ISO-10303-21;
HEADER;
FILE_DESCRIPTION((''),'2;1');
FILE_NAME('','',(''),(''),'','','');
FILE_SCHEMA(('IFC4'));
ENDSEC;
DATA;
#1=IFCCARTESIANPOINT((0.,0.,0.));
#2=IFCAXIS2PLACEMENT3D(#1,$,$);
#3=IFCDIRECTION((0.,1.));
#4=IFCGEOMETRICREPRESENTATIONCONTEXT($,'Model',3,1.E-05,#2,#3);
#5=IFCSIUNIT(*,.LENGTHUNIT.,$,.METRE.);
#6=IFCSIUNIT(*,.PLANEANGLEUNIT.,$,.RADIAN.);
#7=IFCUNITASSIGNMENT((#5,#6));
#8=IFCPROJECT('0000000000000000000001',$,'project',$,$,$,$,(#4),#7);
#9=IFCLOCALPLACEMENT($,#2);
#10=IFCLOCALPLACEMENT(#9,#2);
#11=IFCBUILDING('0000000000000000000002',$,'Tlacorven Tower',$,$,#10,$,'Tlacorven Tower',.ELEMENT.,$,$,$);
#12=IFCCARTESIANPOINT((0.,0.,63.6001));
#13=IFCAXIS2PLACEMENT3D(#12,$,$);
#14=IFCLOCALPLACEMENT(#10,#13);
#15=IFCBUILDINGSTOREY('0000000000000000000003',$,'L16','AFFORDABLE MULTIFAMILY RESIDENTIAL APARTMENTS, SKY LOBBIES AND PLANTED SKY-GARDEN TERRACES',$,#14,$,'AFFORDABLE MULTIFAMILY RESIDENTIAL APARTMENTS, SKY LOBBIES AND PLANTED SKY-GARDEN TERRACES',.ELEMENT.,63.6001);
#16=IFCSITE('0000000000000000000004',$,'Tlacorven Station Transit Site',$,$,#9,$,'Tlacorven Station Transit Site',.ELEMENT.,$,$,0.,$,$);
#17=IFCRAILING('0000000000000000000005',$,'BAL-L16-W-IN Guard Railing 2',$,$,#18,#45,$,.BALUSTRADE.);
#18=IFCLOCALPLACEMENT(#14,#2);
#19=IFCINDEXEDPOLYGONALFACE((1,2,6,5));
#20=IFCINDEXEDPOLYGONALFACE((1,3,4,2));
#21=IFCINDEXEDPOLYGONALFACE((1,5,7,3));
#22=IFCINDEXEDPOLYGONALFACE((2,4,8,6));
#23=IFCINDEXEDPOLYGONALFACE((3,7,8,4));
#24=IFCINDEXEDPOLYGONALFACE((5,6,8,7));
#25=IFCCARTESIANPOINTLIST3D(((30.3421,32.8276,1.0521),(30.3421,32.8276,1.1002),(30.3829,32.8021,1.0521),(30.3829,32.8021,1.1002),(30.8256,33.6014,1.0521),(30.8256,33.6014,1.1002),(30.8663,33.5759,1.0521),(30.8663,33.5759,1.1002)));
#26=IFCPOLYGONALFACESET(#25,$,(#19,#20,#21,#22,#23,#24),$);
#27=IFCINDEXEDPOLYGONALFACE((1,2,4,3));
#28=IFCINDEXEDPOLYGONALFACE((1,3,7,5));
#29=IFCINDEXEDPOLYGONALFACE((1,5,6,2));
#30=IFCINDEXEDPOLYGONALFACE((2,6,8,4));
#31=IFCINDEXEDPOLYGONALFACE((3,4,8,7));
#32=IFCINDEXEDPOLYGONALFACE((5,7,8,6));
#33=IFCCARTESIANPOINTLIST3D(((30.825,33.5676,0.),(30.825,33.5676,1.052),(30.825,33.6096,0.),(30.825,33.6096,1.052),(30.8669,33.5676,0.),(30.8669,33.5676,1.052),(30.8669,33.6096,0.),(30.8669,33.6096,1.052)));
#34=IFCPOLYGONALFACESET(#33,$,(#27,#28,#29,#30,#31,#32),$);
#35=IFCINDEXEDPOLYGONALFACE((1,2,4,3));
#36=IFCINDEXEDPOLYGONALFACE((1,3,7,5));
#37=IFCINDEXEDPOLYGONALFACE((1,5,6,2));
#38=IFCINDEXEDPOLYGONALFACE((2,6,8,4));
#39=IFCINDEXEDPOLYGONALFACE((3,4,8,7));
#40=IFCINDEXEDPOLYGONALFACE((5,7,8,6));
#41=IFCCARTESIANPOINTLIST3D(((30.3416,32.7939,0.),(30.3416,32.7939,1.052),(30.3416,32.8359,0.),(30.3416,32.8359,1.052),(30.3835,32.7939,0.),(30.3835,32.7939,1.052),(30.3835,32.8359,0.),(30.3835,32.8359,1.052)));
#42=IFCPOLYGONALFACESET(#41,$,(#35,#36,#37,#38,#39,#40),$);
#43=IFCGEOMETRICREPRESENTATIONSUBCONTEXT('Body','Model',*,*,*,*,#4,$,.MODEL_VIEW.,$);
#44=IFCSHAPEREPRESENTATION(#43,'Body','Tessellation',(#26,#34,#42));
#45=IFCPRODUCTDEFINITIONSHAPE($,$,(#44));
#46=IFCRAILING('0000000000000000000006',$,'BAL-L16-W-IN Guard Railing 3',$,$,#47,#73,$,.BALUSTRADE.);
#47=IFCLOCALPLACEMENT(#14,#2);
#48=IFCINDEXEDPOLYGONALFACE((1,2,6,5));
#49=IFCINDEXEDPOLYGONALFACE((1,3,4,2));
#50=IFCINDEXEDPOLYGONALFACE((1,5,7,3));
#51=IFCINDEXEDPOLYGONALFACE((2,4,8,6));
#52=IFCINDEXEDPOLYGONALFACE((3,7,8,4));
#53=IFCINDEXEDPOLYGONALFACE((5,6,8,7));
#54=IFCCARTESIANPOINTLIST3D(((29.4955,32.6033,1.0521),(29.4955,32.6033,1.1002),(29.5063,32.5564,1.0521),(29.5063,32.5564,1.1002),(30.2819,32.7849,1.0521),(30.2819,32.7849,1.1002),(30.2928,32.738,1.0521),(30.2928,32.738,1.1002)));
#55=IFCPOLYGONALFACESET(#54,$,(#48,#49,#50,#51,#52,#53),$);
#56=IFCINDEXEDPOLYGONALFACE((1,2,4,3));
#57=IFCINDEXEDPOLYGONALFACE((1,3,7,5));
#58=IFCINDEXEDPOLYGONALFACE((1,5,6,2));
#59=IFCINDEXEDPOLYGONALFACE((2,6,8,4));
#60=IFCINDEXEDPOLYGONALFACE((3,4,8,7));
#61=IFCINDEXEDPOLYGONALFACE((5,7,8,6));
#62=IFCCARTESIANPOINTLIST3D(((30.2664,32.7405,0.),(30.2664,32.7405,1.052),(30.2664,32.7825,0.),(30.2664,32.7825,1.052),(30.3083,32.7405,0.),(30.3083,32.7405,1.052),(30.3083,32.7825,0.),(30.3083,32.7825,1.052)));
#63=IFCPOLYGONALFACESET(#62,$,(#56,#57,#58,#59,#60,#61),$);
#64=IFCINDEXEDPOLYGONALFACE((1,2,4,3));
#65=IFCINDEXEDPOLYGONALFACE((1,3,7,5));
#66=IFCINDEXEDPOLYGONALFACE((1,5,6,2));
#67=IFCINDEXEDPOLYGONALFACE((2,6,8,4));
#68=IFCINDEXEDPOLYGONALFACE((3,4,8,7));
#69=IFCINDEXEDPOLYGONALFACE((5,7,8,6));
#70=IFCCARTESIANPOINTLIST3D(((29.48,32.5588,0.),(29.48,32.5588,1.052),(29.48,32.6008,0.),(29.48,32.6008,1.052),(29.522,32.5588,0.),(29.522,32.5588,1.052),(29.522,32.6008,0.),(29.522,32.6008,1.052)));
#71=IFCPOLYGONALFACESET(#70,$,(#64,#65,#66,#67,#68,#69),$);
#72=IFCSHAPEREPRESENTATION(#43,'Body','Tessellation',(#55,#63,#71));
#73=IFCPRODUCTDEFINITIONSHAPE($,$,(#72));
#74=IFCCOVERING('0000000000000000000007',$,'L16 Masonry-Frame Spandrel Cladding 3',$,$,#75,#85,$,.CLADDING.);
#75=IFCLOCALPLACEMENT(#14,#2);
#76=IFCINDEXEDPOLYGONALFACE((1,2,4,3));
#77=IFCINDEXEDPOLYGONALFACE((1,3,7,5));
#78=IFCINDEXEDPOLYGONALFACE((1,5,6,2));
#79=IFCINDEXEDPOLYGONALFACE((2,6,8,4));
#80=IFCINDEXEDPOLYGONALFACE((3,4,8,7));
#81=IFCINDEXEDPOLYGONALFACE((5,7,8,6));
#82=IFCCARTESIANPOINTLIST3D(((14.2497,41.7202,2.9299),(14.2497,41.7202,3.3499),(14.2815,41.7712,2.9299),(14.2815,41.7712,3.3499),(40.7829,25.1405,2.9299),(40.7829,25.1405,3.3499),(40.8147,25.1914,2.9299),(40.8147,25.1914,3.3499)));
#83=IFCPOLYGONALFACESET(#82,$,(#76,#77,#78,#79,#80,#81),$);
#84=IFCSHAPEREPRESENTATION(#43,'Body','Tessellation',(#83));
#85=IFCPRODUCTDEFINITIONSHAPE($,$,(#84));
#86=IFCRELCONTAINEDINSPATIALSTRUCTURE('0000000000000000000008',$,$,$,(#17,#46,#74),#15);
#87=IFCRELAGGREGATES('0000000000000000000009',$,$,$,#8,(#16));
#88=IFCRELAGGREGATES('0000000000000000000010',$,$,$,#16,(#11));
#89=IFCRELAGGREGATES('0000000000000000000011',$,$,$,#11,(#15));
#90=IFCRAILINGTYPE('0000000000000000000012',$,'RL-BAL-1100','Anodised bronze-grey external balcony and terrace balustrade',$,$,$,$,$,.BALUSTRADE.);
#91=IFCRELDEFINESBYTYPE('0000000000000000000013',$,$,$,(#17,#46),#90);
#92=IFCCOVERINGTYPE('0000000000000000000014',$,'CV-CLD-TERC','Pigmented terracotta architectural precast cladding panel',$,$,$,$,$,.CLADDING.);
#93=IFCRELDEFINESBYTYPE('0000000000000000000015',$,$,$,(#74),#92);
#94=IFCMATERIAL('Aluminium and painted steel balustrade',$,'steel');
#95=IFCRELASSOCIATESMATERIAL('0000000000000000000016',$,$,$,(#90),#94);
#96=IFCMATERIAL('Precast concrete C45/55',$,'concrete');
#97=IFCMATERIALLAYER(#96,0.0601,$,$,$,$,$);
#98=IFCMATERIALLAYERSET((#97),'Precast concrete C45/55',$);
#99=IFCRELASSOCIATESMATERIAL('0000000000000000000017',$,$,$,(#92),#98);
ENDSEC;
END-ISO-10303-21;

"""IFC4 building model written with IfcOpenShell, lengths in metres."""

from ifc_helpers import new_model, si_unit, direction, frame, origin, origin_2d, place, context, subcontext, project, spatial, rectangle, extrude, source, transform, mapped, material, layer, layer_set, type_object, element, save


model = new_model("IFC4")

# Units and contexts
model_context = context("Model", 3, precision=1e-05, world=origin(), true_north=direction((0.0, 1.0)))
body_context = subcontext(model_context, "Body", "Model", "MODEL_VIEW")
ifc_project = project(units=[si_unit("LENGTHUNIT", "METRE"), si_unit("PLANEANGLEUNIT", "RADIAN")], contexts=[model_context])

# Site, building, storey
site_placement = place(None, origin())
site = spatial("IfcSite", under=ifc_project, at=site_placement, Name="Tlacorven Station Transit Site", LongName="Tlacorven Station Transit Site", CompositionType="ELEMENT", RefElevation=0.0)
building_placement = place(site_placement, origin())
building = spatial("IfcBuilding", under=site, at=building_placement, Name="Tlacorven Tower", LongName="Tlacorven Tower", CompositionType="ELEMENT")
storey_placement = place(building_placement, frame((0.0, 0.0, 63.6001)))
storey = spatial("IfcBuildingStorey", under=building, at=storey_placement, Name="L16", Description="AFFORDABLE MULTIFAMILY RESIDENTIAL APARTMENTS, SKY LOBBIES AND PLANTED SKY-GARDEN TERRACES", LongName="AFFORDABLE MULTIFAMILY RESIDENTIAL APARTMENTS, SKY LOBBIES AND PLANTED SKY-GARDEN TERRACES", CompositionType="ELEMENT", Elevation=63.6001)

# Railings
ifc_material_1 = material(Name="Aluminium and painted steel balustrade", Category="steel")
railing_type = type_object("IfcRailingType", Name="RL-BAL-1100", Description="Anodised bronze-grey external balcony and terrace balustrade", PredefinedType="BALUSTRADE", material=ifc_material_1)
shared_shape_1 = source(origin(), body_context, "Body", "SweptSolid", [
    extrude(rectangle(XDim=0.0481, YDim=0.0481, at=origin_2d()), frame((0.0, 0.0, 1.0762), z_axis=(-0.529879, -0.848073, 0.0), x_axis=(0.848073, -0.529879, 0.0)), (0.0, 0.0, 1.0), 0.9124),
    extrude(rectangle(XDim=0.042, YDim=0.042, at=origin_2d()), origin(), (0.0, 0.0, 1.0), 1.052),
    extrude(rectangle(XDim=0.042, YDim=0.042, at=origin_2d()), frame((-0.4834, -0.7737, 0.0)), (0.0, 0.0, 1.0), 1.052),
])
railing_1_placement = place(storey_placement, frame((30.8459, 33.5886, 0.0)))
element("IfcRailing", 1, at=railing_1_placement, inside=storey, type_object=railing_type, Name="BAL-L16-W-IN Guard Railing 2", PredefinedType="BALUSTRADE", context=body_context, shape_type="MappedRepresentation", body=[
    mapped(shared_shape_1, transform((0.0, 0.0, 0.0), scale=1.0)),
])
shared_shape_2 = source(origin(), body_context, "Body", "SweptSolid", [
    extrude(rectangle(XDim=0.0481, YDim=0.0481, at=origin_2d()), frame((0.0, 0.0, 1.0762), z_axis=(-0.974345, -0.225058, 0.0), x_axis=(0.225058, -0.974345, 0.0)), (0.0, 0.0, 1.0), 0.8071),
    extrude(rectangle(XDim=0.042, YDim=0.042, at=origin_2d()), origin(), (0.0, 0.0, 1.0), 1.052),
    extrude(rectangle(XDim=0.042, YDim=0.042, at=origin_2d()), frame((-0.7864, -0.1816, 0.0)), (0.0, 0.0, 1.0), 1.052),
])
railing_2_placement = place(storey_placement, frame((30.2874, 32.7615, 0.0)))
element("IfcRailing", 2, at=railing_2_placement, inside=storey, type_object=railing_type, Name="BAL-L16-W-IN Guard Railing 3", PredefinedType="BALUSTRADE", context=body_context, shape_type="MappedRepresentation", body=[
    mapped(shared_shape_2, transform((0.0, 0.0, 0.0), scale=1.0)),
])

# Covering
ifc_material_2 = material(Name="Precast concrete C45/55", Category="concrete")
ifc_layer_1 = layer(ifc_material_2, 0.0601)
ifc_layer_set_1 = layer_set([ifc_layer_1], Name="Precast concrete C45/55")
covering_type = type_object("IfcCoveringType", Name="CV-CLD-TERC", Description="Pigmented terracotta architectural precast cladding panel", PredefinedType="CLADDING", material=ifc_layer_set_1)
shared_shape_3 = source(origin(), body_context, "Body", "SweptSolid", [
    extrude(rectangle(XDim=31.2874, YDim=0.0601, at=origin_2d()), origin(), (0.0, 0.0, 1.0), 0.4199),
])
covering_placement = place(storey_placement, frame((27.5322, 33.4558, 2.9299), z_axis=(0.0, 0.0, 1.0), x_axis=(0.848048, -0.529919, 0.0)))
element("IfcCovering", 3, at=covering_placement, inside=storey, type_object=covering_type, Name="L16 Masonry-Frame Spandrel Cladding 3", PredefinedType="CLADDING", context=body_context, shape_type="MappedRepresentation", body=[
    mapped(shared_shape_3, transform((0.0, 0.0, 0.0), scale=1.0)),
])

save(model, "model.ifc")
